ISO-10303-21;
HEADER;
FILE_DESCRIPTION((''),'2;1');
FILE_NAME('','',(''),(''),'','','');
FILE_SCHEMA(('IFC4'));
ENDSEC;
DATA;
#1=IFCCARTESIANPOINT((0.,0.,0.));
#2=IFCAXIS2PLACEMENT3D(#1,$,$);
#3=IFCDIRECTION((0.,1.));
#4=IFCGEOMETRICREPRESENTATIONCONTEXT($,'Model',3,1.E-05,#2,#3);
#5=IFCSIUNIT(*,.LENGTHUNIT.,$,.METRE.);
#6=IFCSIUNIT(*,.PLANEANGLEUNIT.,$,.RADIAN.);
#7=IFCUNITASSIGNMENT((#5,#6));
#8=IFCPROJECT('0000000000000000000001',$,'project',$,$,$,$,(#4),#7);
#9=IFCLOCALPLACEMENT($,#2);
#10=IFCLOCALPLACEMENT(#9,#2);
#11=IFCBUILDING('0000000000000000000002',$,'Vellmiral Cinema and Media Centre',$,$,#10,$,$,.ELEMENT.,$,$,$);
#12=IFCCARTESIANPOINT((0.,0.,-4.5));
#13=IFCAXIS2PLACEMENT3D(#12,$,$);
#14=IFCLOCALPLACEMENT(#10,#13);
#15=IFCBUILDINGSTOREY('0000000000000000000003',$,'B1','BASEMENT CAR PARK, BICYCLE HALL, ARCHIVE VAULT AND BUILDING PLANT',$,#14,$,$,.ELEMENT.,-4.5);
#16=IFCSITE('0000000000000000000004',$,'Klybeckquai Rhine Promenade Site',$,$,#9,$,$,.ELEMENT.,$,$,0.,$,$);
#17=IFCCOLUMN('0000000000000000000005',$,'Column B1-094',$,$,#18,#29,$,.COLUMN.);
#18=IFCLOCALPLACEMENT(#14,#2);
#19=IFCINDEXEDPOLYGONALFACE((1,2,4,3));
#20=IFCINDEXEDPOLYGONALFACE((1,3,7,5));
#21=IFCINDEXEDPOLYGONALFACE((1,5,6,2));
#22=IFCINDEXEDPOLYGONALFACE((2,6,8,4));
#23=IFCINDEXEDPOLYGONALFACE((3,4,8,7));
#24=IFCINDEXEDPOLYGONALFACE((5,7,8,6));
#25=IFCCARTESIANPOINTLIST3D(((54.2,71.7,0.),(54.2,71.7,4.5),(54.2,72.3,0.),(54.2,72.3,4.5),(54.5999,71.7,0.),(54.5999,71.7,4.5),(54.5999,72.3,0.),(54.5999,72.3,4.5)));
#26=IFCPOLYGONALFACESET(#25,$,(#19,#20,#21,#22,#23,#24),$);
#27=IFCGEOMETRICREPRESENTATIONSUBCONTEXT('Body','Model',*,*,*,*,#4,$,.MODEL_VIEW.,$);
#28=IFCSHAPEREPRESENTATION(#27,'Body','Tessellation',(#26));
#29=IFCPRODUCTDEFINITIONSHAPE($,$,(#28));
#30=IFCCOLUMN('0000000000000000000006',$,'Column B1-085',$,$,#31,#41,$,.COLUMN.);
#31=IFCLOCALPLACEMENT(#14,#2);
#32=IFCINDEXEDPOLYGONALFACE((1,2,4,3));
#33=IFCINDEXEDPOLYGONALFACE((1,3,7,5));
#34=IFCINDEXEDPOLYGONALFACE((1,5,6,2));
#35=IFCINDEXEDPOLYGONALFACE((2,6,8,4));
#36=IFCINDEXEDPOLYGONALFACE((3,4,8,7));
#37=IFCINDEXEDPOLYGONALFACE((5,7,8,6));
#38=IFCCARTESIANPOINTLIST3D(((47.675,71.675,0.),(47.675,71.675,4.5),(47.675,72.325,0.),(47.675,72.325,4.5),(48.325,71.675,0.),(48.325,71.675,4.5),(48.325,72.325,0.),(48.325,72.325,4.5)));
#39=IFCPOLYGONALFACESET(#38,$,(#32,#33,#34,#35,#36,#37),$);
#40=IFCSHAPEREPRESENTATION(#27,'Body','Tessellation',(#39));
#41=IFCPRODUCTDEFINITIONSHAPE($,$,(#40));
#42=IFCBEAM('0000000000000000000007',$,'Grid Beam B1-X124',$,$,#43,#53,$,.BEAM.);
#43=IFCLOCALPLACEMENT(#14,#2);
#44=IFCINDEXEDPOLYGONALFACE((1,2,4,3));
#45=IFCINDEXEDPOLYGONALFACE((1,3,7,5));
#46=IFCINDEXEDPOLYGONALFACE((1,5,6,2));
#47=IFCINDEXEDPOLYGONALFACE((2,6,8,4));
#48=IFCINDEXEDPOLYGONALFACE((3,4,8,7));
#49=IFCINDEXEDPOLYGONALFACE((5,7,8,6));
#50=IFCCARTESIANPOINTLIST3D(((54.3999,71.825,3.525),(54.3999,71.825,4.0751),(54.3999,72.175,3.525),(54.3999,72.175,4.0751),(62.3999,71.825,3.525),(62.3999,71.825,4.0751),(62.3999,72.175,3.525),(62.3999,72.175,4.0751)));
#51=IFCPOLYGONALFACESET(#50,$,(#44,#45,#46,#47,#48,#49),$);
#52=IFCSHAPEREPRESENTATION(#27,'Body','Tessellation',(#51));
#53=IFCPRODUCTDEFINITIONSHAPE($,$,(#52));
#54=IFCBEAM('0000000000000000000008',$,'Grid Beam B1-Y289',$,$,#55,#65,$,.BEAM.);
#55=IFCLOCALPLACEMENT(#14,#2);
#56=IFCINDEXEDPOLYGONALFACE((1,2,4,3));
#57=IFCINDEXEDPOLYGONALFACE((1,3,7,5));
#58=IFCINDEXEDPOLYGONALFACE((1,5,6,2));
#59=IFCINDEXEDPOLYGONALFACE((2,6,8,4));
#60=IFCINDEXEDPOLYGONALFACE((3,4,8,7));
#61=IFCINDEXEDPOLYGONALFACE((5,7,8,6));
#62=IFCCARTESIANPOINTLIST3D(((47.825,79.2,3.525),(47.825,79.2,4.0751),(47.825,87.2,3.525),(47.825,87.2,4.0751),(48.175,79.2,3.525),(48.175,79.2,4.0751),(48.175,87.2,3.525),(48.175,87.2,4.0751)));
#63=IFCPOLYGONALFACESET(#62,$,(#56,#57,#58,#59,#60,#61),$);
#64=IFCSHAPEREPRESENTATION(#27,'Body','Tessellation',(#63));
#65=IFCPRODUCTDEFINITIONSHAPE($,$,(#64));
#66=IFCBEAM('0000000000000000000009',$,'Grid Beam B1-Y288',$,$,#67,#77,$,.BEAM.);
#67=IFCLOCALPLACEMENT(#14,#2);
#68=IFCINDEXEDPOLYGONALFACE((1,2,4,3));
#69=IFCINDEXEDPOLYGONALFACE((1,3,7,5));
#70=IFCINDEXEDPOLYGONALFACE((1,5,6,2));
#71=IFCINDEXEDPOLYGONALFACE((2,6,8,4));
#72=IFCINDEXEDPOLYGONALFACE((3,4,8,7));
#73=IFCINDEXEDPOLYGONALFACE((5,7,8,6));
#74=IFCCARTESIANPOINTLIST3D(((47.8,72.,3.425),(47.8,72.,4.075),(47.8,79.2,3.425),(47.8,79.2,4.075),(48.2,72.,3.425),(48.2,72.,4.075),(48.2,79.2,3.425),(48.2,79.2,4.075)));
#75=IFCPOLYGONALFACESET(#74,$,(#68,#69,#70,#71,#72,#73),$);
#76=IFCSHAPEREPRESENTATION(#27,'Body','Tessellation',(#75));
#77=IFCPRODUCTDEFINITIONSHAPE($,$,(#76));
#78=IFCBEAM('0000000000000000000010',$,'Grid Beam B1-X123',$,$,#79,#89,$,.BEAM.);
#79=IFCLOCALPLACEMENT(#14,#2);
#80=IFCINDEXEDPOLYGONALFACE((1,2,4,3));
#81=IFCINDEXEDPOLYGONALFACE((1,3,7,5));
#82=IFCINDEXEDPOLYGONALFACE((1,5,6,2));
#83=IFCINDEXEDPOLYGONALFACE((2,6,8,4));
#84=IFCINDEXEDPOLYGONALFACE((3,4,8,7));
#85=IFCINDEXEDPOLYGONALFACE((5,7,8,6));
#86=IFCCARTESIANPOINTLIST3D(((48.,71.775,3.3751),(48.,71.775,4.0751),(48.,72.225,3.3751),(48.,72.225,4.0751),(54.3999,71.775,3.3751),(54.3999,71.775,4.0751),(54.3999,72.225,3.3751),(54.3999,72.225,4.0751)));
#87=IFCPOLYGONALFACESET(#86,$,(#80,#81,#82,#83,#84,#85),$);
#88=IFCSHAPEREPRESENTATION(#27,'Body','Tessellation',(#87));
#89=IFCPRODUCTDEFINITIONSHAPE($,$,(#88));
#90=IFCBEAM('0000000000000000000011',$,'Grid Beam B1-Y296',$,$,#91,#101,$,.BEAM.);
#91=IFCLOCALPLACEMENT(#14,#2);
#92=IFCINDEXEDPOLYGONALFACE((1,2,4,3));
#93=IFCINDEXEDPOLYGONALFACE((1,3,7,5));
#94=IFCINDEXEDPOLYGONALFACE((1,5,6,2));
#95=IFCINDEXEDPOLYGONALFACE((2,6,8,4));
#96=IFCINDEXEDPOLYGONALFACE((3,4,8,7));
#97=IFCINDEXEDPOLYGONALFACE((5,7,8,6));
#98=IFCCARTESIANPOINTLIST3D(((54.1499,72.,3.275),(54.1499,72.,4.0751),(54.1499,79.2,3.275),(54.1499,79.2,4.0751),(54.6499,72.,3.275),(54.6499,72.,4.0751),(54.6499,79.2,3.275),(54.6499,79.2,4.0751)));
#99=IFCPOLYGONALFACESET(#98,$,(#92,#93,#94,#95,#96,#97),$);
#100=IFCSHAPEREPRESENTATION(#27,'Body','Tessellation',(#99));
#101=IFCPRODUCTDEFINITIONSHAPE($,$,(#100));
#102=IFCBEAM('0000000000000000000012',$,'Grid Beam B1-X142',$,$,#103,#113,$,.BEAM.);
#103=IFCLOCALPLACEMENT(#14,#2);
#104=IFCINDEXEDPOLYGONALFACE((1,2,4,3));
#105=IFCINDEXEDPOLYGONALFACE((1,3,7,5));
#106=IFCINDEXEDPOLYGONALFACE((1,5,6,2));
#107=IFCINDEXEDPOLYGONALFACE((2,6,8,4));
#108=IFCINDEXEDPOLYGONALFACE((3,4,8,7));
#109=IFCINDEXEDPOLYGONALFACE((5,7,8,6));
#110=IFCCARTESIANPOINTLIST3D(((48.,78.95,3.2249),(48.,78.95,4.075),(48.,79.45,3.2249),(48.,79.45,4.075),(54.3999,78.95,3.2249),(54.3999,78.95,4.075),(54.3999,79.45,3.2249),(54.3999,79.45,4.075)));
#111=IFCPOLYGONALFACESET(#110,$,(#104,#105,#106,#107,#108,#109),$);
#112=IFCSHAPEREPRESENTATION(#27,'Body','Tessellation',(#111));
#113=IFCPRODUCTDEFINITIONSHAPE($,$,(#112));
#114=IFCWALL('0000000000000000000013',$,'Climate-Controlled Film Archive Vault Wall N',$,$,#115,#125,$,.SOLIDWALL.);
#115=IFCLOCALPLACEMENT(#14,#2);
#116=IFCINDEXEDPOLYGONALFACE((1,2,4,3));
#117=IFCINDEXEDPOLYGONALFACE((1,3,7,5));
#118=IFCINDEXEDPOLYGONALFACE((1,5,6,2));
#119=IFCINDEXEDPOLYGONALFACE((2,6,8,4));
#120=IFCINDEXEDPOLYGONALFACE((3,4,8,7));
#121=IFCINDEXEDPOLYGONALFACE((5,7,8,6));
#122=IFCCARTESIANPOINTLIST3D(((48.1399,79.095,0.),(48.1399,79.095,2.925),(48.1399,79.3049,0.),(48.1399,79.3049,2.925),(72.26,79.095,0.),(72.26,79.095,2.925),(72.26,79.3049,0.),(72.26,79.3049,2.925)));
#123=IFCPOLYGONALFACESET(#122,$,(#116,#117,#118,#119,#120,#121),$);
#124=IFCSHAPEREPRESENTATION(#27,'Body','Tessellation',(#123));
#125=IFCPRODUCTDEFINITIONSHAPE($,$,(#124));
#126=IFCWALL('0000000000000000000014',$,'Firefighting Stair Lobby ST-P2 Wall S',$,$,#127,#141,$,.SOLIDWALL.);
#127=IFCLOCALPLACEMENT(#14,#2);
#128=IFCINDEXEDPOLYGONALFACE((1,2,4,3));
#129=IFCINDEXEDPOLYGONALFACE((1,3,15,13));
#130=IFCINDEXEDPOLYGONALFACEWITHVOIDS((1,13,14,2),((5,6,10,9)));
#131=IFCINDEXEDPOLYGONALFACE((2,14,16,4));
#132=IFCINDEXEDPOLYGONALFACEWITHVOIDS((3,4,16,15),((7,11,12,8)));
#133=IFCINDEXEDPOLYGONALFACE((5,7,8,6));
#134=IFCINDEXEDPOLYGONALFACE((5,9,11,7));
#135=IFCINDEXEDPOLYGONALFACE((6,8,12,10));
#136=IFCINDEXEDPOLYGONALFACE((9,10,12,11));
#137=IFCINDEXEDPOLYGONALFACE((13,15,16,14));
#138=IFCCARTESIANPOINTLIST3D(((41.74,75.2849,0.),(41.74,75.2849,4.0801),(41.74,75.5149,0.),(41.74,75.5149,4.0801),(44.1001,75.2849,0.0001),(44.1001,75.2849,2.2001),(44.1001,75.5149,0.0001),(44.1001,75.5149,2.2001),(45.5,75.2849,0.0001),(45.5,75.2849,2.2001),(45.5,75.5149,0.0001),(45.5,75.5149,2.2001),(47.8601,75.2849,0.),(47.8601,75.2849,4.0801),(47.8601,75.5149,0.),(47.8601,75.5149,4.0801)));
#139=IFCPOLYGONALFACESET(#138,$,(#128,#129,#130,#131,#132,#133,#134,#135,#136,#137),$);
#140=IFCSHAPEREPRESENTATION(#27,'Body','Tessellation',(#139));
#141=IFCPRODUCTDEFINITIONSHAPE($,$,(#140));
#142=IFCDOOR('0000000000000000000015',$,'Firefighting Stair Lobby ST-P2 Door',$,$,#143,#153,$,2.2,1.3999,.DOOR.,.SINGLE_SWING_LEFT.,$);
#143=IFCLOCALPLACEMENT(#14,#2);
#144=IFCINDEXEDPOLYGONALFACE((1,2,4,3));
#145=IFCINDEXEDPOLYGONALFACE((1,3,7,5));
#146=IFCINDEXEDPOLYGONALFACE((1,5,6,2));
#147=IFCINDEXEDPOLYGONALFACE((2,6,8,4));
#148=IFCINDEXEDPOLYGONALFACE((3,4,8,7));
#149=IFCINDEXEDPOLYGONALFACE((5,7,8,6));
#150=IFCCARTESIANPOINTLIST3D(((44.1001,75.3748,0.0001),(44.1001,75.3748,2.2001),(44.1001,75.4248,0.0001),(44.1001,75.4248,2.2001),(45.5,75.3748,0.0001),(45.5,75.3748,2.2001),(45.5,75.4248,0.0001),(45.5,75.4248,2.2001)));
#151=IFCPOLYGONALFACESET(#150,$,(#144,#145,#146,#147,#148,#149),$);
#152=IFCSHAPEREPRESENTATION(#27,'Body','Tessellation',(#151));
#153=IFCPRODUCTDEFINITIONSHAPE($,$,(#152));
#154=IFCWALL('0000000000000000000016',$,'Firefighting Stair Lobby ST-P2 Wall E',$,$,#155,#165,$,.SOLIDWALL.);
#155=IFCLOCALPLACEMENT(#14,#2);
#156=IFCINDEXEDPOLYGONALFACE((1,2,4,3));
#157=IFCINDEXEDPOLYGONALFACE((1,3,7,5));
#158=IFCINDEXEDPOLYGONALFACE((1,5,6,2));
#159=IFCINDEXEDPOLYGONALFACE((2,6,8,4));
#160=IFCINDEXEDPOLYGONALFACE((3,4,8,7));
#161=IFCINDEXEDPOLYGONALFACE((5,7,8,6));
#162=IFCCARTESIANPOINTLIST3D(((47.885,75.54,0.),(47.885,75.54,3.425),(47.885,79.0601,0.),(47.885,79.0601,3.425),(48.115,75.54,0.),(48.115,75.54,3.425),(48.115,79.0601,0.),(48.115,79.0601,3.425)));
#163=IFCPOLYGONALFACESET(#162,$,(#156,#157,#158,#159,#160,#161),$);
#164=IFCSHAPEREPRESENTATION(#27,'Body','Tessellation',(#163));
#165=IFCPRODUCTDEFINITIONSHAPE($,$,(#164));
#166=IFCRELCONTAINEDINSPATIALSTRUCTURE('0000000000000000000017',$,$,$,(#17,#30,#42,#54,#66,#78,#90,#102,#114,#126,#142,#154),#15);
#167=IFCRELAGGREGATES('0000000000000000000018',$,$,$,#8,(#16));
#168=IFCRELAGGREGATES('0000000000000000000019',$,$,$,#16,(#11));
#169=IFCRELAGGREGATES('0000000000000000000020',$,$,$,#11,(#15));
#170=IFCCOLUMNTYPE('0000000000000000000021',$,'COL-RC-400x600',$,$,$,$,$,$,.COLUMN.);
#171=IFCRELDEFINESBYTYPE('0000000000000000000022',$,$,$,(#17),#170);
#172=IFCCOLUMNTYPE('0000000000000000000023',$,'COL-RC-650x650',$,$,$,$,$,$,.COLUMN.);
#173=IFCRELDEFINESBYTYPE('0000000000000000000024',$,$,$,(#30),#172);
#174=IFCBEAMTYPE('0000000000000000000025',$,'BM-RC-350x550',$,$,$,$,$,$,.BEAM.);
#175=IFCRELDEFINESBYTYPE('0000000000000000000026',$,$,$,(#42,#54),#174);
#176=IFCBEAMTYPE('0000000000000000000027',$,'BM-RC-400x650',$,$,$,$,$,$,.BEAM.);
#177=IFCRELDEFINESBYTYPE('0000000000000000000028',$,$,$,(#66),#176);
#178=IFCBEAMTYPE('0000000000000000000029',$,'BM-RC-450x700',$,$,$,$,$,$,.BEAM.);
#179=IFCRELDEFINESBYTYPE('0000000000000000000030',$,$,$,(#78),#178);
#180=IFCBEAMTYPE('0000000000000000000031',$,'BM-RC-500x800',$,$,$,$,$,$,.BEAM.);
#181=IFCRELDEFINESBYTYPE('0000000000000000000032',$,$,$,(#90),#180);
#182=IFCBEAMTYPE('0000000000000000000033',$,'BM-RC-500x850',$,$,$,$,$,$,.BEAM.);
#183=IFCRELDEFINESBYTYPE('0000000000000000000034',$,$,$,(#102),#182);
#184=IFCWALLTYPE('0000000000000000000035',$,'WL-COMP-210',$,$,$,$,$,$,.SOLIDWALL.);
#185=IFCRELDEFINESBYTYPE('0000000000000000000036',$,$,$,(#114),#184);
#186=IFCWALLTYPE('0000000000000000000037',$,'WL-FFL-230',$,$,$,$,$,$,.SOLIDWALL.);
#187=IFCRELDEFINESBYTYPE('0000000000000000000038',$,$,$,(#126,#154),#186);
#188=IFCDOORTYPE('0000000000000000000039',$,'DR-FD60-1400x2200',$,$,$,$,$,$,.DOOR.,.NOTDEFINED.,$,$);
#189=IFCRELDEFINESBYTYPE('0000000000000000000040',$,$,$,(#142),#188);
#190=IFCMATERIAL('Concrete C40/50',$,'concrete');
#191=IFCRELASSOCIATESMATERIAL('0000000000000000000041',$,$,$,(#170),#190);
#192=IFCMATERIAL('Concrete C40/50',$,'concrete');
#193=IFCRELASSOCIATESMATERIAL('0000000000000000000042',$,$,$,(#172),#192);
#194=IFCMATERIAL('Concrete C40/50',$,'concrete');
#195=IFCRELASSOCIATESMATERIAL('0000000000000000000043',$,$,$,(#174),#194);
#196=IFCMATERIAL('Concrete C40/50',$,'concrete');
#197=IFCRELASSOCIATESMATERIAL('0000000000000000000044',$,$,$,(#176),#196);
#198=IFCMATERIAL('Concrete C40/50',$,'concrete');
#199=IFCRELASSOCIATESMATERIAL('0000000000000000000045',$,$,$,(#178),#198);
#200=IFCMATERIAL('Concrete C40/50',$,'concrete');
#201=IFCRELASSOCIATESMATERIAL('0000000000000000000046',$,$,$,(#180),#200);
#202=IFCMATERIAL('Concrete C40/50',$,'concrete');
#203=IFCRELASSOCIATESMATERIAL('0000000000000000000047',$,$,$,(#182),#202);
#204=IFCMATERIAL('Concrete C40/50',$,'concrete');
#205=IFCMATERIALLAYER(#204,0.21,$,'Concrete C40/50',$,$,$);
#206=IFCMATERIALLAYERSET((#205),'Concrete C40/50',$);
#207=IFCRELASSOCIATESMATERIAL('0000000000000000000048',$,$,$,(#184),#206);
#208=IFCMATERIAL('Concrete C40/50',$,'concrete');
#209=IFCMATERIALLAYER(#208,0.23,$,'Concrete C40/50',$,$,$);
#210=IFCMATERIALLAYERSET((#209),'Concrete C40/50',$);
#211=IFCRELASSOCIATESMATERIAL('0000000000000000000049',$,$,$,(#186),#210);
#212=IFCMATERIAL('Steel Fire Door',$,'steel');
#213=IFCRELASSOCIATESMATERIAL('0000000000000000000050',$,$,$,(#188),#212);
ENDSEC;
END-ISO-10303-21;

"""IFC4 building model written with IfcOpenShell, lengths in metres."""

from ifc_helpers import new_model, si_unit, direction, frame, frame_2d, origin, origin_2d, place, context, subcontext, project, spatial, rectangle, extrude, material, layer, layer_set, material_profile, profile_set, type_object, element, fill, save


model = new_model("IFC4")

# Units and contexts
model_context = context("Model", 3, precision=1e-05, world=origin(), true_north=direction((0.0, 1.0)))
body_context = subcontext(model_context, "Body", "Model", "MODEL_VIEW")
ifc_project = project(units=[si_unit("LENGTHUNIT", "METRE"), si_unit("PLANEANGLEUNIT", "RADIAN")], contexts=[model_context])

# Site, building, storey
site_placement = place(None, origin())
site = spatial("IfcSite", under=ifc_project, at=site_placement, Name="Klybeckquai Rhine Promenade Site", CompositionType="ELEMENT", RefElevation=0.0)
building_placement = place(site_placement, origin())
building = spatial("IfcBuilding", under=site, at=building_placement, Name="Vellmiral Cinema and Media Centre", CompositionType="ELEMENT")
storey_placement = place(building_placement, frame((0.0, 0.0, -4.5)))
storey = spatial("IfcBuildingStorey", under=building, at=storey_placement, Name="B1", Description="BASEMENT CAR PARK, BICYCLE HALL, ARCHIVE VAULT AND BUILDING PLANT", CompositionType="ELEMENT", Elevation=-4.5)

# Columns
ifc_material_1 = material(Name="Concrete C40/50", Category="concrete")
ifc_material_profile_1 = material_profile(ifc_material_1, rectangle(XDim=0.3999, YDim=0.6001, at=origin_2d()), Name="RC 400x600")
ifc_profile_set_1 = profile_set([ifc_material_profile_1], Name="Concrete C40/50")
column_type_1 = type_object("IfcColumnType", Name="COL-RC-400x600", PredefinedType="COLUMN", material=ifc_profile_set_1)
for number, where, z_axis, x_axis, name in (
    (1, (54.3999, 72.0, 0.0), (0.0, 0.0, 1.0), (1.0, 0.0, 0.0), "Column B1-094"),
):
    element("IfcColumn", number, at=place(storey_placement, frame(where, z_axis=z_axis, x_axis=x_axis)), inside=storey, type_object=column_type_1, Name=name, PredefinedType="COLUMN", context=body_context, shape_type="SweptSolid", body=[
        extrude(rectangle(XDim=0.3999, YDim=0.6001, at=origin_2d()), origin(), (0.0, 0.0, 1.0), 4.5),
    ])
ifc_material_2 = material(Name="Concrete C40/50", Category="concrete")
ifc_material_profile_2 = material_profile(ifc_material_2, rectangle(XDim=0.6499, YDim=0.6499, at=origin_2d()), Name="RC 650x650")
ifc_profile_set_2 = profile_set([ifc_material_profile_2], Name="Concrete C40/50")
column_type_2 = type_object("IfcColumnType", Name="COL-RC-650x650", PredefinedType="COLUMN", material=ifc_profile_set_2)
column_placement = place(storey_placement, frame((48.0, 72.0, 0.0), z_axis=(0.0, 0.0, 1.0), x_axis=(1.0, 0.0, 0.0)))
element("IfcColumn", 2, at=column_placement, inside=storey, type_object=column_type_2, Name="Column B1-085", PredefinedType="COLUMN", context=body_context, shape_type="SweptSolid", body=[
    extrude(rectangle(XDim=0.6499, YDim=0.6499, at=origin_2d()), origin(), (0.0, 0.0, 1.0), 4.5),
])

# Beams
ifc_material_3 = material(Name="Concrete C40/50", Category="concrete")
ifc_material_profile_3 = material_profile(ifc_material_3, rectangle(XDim=0.3501, YDim=0.55, at=origin_2d()), Name="RC 350x550")
ifc_profile_set_3 = profile_set([ifc_material_profile_3], Name="Concrete C40/50")
beam_type_1 = type_object("IfcBeamType", Name="BM-RC-350x550", PredefinedType="BEAM", material=ifc_profile_set_3)
for number, where, z_axis, x_axis, name in (
    (3, (54.3999, 72.0, 3.8), (1.0, 0.0, 0.0), (0.0, 1.0, 0.0), "Grid Beam B1-X124"),
    (4, (48.0, 79.2, 3.8), (0.0, 1.0, 0.0), (-1.0, 0.0, 0.0), "Grid Beam B1-Y289"),
):
    element("IfcBeam", number, at=place(storey_placement, frame(where, z_axis=z_axis, x_axis=x_axis)), inside=storey, type_object=beam_type_1, Name=name, PredefinedType="BEAM", context=body_context, shape_type="SweptSolid", body=[
        extrude(rectangle(XDim=0.3501, YDim=0.55, at=origin_2d()), origin(), (0.0, 0.0, 1.0), 8.0),
    ])
ifc_material_4 = material(Name="Concrete C40/50", Category="concrete")
ifc_material_profile_4 = material_profile(ifc_material_4, rectangle(XDim=0.3999, YDim=0.6499, at=origin_2d()), Name="RC 400x650")
ifc_profile_set_4 = profile_set([ifc_material_profile_4], Name="Concrete C40/50")
beam_type_2 = type_object("IfcBeamType", Name="BM-RC-400x650", PredefinedType="BEAM", material=ifc_profile_set_4)
beam_1_placement = place(storey_placement, frame((48.0, 72.0, 3.75), z_axis=(0.0, 1.0, 0.0), x_axis=(-1.0, 0.0, 0.0)))
element("IfcBeam", 5, at=beam_1_placement, inside=storey, type_object=beam_type_2, Name="Grid Beam B1-Y288", PredefinedType="BEAM", context=body_context, shape_type="SweptSolid", body=[
    extrude(rectangle(XDim=0.3999, YDim=0.6499, at=origin_2d()), origin(), (0.0, 0.0, 1.0), 7.2),
])
ifc_material_5 = material(Name="Concrete C40/50", Category="concrete")
ifc_material_profile_5 = material_profile(ifc_material_5, rectangle(XDim=0.45, YDim=0.7, at=origin_2d()), Name="RC 450x700")
ifc_profile_set_5 = profile_set([ifc_material_profile_5], Name="Concrete C40/50")
beam_type_3 = type_object("IfcBeamType", Name="BM-RC-450x700", PredefinedType="BEAM", material=ifc_profile_set_5)
beam_2_placement = place(storey_placement, frame((48.0, 72.0, 3.7251), z_axis=(1.0, 0.0, 0.0), x_axis=(0.0, 1.0, 0.0)))
element("IfcBeam", 6, at=beam_2_placement, inside=storey, type_object=beam_type_3, Name="Grid Beam B1-X123", PredefinedType="BEAM", context=body_context, shape_type="SweptSolid", body=[
    extrude(rectangle(XDim=0.45, YDim=0.7, at=origin_2d()), origin(), (0.0, 0.0, 1.0), 6.3999),
])
ifc_material_6 = material(Name="Concrete C40/50", Category="concrete")
ifc_material_profile_6 = material_profile(ifc_material_6, rectangle(XDim=0.5, YDim=0.8, at=origin_2d()), Name="RC 500x800")
ifc_profile_set_6 = profile_set([ifc_material_profile_6], Name="Concrete C40/50")
beam_type_4 = type_object("IfcBeamType", Name="BM-RC-500x800", PredefinedType="BEAM", material=ifc_profile_set_6)
beam_3_placement = place(storey_placement, frame((54.3999, 72.0, 3.675), z_axis=(0.0, 1.0, 0.0), x_axis=(-1.0, 0.0, 0.0)))
element("IfcBeam", 7, at=beam_3_placement, inside=storey, type_object=beam_type_4, Name="Grid Beam B1-Y296", PredefinedType="BEAM", context=body_context, shape_type="SweptSolid", body=[
    extrude(rectangle(XDim=0.5, YDim=0.8, at=origin_2d()), origin(), (0.0, 0.0, 1.0), 7.2),
])
ifc_material_7 = material(Name="Concrete C40/50", Category="concrete")
ifc_material_profile_7 = material_profile(ifc_material_7, rectangle(XDim=0.5, YDim=0.8501, at=origin_2d()), Name="RC 500x850")
ifc_profile_set_7 = profile_set([ifc_material_profile_7], Name="Concrete C40/50")
beam_type_5 = type_object("IfcBeamType", Name="BM-RC-500x850", PredefinedType="BEAM", material=ifc_profile_set_7)
beam_4_placement = place(storey_placement, frame((48.0, 79.2, 3.6499), z_axis=(1.0, 0.0, 0.0), x_axis=(0.0, 1.0, 0.0)))
element("IfcBeam", 8, at=beam_4_placement, inside=storey, type_object=beam_type_5, Name="Grid Beam B1-X142", PredefinedType="BEAM", context=body_context, shape_type="SweptSolid", body=[
    extrude(rectangle(XDim=0.5, YDim=0.8501, at=origin_2d()), origin(), (0.0, 0.0, 1.0), 6.3999),
])

# Wall
ifc_material_8 = material(Name="Concrete C40/50", Category="concrete")
ifc_layer_1 = layer(ifc_material_8, 0.21, Name="Concrete C40/50")
ifc_layer_set_1 = layer_set([ifc_layer_1], Name="Concrete C40/50")
wall_type_1 = type_object("IfcWallType", Name="WL-COMP-210", PredefinedType="SOLIDWALL", material=ifc_layer_set_1)
wall_1_placement = place(storey_placement, frame((48.1399, 79.2, 0.0), z_axis=(0.0, 0.0, 1.0), x_axis=(1.0, 0.0, 0.0)))
element("IfcWall", 9, at=wall_1_placement, inside=storey, type_object=wall_type_1, Name="Climate-Controlled Film Archive Vault Wall N", PredefinedType="SOLIDWALL", context=body_context, shape_type="SweptSolid", body=[
    extrude(rectangle(XDim=24.1201, YDim=0.21, at=frame_2d((12.0601, 0.0))), origin(), (0.0, 0.0, 1.0), 2.925),
])

# Wall, opening, door
ifc_material_9 = material(Name="Concrete C40/50", Category="concrete")
ifc_layer_2 = layer(ifc_material_9, 0.23, Name="Concrete C40/50")
ifc_layer_set_2 = layer_set([ifc_layer_2], Name="Concrete C40/50")
wall_type_2 = type_object("IfcWallType", Name="WL-FFL-230", PredefinedType="SOLIDWALL", material=ifc_layer_set_2)
wall_2_placement = place(storey_placement, frame((41.74, 75.3999, 0.0), z_axis=(0.0, 0.0, 1.0), x_axis=(1.0, 0.0, 0.0)))
wall_2 = element("IfcWall", 10, at=wall_2_placement, inside=storey, type_object=wall_type_2, Name="Firefighting Stair Lobby ST-P2 Wall S", PredefinedType="SOLIDWALL", context=body_context, shape_type="SweptSolid", body=[
    extrude(rectangle(XDim=6.1201, YDim=0.23, at=frame_2d((3.0601, 0.0))), origin(), (0.0, 0.0, 1.0), 4.0801),
])
opening_1_placement = place(wall_2_placement, frame((2.3601, 0.0, 0.0)))
opening_1 = element("IfcOpeningElement", 11, at=opening_1_placement, cuts=wall_2, PredefinedType="OPENING", context=body_context, shape_type="SweptSolid", body=[
    extrude(rectangle(XDim=1.3999, YDim=2.2, at=frame_2d((0.7, 1.1001))), frame((0.0, 0.127, 0.0), z_axis=(0.0, -1.0, 0.0), x_axis=(1.0, 0.0, 0.0)), (0.0, 0.0, 1.0), 0.2539),
])
ifc_material_10 = material(Name="Steel Fire Door", Category="steel")
door_type_1 = type_object("IfcDoorType", Name="DR-FD60-1400x2200", OperationType="NOTDEFINED", PredefinedType="DOOR", material=ifc_material_10)
door_1_placement = place(opening_1_placement, origin())
door_1 = element("IfcDoor", 12, at=door_1_placement, inside=storey, type_object=door_type_1, Name="Firefighting Stair Lobby ST-P2 Door", OperationType="SINGLE_SWING_LEFT", OverallHeight=2.2, OverallWidth=1.3999, PredefinedType="DOOR", context=body_context, shape_type="SweptSolid", body=[
    extrude(rectangle(XDim=1.3999, YDim=2.2, at=frame_2d((0.7, 1.1001))), frame((0.0, 0.0249, 0.0), z_axis=(0.0, -1.0, 0.0), x_axis=(1.0, 0.0, 0.0)), (0.0, 0.0, 1.0), 0.05),
])
fill(opening_1, door_1)

# Wall
wall_3_placement = place(storey_placement, frame((48.0, 75.54, 0.0), z_axis=(0.0, 0.0, 1.0), x_axis=(0.0, 1.0, 0.0)))
element("IfcWall", 13, at=wall_3_placement, inside=storey, type_object=wall_type_2, Name="Firefighting Stair Lobby ST-P2 Wall E", PredefinedType="SOLIDWALL", context=body_context, shape_type="SweptSolid", body=[
    extrude(rectangle(XDim=3.52, YDim=0.23, at=frame_2d((1.76, 0.0))), origin(), (0.0, 0.0, 1.0), 3.425),
])

save(model, "model.ifc")
